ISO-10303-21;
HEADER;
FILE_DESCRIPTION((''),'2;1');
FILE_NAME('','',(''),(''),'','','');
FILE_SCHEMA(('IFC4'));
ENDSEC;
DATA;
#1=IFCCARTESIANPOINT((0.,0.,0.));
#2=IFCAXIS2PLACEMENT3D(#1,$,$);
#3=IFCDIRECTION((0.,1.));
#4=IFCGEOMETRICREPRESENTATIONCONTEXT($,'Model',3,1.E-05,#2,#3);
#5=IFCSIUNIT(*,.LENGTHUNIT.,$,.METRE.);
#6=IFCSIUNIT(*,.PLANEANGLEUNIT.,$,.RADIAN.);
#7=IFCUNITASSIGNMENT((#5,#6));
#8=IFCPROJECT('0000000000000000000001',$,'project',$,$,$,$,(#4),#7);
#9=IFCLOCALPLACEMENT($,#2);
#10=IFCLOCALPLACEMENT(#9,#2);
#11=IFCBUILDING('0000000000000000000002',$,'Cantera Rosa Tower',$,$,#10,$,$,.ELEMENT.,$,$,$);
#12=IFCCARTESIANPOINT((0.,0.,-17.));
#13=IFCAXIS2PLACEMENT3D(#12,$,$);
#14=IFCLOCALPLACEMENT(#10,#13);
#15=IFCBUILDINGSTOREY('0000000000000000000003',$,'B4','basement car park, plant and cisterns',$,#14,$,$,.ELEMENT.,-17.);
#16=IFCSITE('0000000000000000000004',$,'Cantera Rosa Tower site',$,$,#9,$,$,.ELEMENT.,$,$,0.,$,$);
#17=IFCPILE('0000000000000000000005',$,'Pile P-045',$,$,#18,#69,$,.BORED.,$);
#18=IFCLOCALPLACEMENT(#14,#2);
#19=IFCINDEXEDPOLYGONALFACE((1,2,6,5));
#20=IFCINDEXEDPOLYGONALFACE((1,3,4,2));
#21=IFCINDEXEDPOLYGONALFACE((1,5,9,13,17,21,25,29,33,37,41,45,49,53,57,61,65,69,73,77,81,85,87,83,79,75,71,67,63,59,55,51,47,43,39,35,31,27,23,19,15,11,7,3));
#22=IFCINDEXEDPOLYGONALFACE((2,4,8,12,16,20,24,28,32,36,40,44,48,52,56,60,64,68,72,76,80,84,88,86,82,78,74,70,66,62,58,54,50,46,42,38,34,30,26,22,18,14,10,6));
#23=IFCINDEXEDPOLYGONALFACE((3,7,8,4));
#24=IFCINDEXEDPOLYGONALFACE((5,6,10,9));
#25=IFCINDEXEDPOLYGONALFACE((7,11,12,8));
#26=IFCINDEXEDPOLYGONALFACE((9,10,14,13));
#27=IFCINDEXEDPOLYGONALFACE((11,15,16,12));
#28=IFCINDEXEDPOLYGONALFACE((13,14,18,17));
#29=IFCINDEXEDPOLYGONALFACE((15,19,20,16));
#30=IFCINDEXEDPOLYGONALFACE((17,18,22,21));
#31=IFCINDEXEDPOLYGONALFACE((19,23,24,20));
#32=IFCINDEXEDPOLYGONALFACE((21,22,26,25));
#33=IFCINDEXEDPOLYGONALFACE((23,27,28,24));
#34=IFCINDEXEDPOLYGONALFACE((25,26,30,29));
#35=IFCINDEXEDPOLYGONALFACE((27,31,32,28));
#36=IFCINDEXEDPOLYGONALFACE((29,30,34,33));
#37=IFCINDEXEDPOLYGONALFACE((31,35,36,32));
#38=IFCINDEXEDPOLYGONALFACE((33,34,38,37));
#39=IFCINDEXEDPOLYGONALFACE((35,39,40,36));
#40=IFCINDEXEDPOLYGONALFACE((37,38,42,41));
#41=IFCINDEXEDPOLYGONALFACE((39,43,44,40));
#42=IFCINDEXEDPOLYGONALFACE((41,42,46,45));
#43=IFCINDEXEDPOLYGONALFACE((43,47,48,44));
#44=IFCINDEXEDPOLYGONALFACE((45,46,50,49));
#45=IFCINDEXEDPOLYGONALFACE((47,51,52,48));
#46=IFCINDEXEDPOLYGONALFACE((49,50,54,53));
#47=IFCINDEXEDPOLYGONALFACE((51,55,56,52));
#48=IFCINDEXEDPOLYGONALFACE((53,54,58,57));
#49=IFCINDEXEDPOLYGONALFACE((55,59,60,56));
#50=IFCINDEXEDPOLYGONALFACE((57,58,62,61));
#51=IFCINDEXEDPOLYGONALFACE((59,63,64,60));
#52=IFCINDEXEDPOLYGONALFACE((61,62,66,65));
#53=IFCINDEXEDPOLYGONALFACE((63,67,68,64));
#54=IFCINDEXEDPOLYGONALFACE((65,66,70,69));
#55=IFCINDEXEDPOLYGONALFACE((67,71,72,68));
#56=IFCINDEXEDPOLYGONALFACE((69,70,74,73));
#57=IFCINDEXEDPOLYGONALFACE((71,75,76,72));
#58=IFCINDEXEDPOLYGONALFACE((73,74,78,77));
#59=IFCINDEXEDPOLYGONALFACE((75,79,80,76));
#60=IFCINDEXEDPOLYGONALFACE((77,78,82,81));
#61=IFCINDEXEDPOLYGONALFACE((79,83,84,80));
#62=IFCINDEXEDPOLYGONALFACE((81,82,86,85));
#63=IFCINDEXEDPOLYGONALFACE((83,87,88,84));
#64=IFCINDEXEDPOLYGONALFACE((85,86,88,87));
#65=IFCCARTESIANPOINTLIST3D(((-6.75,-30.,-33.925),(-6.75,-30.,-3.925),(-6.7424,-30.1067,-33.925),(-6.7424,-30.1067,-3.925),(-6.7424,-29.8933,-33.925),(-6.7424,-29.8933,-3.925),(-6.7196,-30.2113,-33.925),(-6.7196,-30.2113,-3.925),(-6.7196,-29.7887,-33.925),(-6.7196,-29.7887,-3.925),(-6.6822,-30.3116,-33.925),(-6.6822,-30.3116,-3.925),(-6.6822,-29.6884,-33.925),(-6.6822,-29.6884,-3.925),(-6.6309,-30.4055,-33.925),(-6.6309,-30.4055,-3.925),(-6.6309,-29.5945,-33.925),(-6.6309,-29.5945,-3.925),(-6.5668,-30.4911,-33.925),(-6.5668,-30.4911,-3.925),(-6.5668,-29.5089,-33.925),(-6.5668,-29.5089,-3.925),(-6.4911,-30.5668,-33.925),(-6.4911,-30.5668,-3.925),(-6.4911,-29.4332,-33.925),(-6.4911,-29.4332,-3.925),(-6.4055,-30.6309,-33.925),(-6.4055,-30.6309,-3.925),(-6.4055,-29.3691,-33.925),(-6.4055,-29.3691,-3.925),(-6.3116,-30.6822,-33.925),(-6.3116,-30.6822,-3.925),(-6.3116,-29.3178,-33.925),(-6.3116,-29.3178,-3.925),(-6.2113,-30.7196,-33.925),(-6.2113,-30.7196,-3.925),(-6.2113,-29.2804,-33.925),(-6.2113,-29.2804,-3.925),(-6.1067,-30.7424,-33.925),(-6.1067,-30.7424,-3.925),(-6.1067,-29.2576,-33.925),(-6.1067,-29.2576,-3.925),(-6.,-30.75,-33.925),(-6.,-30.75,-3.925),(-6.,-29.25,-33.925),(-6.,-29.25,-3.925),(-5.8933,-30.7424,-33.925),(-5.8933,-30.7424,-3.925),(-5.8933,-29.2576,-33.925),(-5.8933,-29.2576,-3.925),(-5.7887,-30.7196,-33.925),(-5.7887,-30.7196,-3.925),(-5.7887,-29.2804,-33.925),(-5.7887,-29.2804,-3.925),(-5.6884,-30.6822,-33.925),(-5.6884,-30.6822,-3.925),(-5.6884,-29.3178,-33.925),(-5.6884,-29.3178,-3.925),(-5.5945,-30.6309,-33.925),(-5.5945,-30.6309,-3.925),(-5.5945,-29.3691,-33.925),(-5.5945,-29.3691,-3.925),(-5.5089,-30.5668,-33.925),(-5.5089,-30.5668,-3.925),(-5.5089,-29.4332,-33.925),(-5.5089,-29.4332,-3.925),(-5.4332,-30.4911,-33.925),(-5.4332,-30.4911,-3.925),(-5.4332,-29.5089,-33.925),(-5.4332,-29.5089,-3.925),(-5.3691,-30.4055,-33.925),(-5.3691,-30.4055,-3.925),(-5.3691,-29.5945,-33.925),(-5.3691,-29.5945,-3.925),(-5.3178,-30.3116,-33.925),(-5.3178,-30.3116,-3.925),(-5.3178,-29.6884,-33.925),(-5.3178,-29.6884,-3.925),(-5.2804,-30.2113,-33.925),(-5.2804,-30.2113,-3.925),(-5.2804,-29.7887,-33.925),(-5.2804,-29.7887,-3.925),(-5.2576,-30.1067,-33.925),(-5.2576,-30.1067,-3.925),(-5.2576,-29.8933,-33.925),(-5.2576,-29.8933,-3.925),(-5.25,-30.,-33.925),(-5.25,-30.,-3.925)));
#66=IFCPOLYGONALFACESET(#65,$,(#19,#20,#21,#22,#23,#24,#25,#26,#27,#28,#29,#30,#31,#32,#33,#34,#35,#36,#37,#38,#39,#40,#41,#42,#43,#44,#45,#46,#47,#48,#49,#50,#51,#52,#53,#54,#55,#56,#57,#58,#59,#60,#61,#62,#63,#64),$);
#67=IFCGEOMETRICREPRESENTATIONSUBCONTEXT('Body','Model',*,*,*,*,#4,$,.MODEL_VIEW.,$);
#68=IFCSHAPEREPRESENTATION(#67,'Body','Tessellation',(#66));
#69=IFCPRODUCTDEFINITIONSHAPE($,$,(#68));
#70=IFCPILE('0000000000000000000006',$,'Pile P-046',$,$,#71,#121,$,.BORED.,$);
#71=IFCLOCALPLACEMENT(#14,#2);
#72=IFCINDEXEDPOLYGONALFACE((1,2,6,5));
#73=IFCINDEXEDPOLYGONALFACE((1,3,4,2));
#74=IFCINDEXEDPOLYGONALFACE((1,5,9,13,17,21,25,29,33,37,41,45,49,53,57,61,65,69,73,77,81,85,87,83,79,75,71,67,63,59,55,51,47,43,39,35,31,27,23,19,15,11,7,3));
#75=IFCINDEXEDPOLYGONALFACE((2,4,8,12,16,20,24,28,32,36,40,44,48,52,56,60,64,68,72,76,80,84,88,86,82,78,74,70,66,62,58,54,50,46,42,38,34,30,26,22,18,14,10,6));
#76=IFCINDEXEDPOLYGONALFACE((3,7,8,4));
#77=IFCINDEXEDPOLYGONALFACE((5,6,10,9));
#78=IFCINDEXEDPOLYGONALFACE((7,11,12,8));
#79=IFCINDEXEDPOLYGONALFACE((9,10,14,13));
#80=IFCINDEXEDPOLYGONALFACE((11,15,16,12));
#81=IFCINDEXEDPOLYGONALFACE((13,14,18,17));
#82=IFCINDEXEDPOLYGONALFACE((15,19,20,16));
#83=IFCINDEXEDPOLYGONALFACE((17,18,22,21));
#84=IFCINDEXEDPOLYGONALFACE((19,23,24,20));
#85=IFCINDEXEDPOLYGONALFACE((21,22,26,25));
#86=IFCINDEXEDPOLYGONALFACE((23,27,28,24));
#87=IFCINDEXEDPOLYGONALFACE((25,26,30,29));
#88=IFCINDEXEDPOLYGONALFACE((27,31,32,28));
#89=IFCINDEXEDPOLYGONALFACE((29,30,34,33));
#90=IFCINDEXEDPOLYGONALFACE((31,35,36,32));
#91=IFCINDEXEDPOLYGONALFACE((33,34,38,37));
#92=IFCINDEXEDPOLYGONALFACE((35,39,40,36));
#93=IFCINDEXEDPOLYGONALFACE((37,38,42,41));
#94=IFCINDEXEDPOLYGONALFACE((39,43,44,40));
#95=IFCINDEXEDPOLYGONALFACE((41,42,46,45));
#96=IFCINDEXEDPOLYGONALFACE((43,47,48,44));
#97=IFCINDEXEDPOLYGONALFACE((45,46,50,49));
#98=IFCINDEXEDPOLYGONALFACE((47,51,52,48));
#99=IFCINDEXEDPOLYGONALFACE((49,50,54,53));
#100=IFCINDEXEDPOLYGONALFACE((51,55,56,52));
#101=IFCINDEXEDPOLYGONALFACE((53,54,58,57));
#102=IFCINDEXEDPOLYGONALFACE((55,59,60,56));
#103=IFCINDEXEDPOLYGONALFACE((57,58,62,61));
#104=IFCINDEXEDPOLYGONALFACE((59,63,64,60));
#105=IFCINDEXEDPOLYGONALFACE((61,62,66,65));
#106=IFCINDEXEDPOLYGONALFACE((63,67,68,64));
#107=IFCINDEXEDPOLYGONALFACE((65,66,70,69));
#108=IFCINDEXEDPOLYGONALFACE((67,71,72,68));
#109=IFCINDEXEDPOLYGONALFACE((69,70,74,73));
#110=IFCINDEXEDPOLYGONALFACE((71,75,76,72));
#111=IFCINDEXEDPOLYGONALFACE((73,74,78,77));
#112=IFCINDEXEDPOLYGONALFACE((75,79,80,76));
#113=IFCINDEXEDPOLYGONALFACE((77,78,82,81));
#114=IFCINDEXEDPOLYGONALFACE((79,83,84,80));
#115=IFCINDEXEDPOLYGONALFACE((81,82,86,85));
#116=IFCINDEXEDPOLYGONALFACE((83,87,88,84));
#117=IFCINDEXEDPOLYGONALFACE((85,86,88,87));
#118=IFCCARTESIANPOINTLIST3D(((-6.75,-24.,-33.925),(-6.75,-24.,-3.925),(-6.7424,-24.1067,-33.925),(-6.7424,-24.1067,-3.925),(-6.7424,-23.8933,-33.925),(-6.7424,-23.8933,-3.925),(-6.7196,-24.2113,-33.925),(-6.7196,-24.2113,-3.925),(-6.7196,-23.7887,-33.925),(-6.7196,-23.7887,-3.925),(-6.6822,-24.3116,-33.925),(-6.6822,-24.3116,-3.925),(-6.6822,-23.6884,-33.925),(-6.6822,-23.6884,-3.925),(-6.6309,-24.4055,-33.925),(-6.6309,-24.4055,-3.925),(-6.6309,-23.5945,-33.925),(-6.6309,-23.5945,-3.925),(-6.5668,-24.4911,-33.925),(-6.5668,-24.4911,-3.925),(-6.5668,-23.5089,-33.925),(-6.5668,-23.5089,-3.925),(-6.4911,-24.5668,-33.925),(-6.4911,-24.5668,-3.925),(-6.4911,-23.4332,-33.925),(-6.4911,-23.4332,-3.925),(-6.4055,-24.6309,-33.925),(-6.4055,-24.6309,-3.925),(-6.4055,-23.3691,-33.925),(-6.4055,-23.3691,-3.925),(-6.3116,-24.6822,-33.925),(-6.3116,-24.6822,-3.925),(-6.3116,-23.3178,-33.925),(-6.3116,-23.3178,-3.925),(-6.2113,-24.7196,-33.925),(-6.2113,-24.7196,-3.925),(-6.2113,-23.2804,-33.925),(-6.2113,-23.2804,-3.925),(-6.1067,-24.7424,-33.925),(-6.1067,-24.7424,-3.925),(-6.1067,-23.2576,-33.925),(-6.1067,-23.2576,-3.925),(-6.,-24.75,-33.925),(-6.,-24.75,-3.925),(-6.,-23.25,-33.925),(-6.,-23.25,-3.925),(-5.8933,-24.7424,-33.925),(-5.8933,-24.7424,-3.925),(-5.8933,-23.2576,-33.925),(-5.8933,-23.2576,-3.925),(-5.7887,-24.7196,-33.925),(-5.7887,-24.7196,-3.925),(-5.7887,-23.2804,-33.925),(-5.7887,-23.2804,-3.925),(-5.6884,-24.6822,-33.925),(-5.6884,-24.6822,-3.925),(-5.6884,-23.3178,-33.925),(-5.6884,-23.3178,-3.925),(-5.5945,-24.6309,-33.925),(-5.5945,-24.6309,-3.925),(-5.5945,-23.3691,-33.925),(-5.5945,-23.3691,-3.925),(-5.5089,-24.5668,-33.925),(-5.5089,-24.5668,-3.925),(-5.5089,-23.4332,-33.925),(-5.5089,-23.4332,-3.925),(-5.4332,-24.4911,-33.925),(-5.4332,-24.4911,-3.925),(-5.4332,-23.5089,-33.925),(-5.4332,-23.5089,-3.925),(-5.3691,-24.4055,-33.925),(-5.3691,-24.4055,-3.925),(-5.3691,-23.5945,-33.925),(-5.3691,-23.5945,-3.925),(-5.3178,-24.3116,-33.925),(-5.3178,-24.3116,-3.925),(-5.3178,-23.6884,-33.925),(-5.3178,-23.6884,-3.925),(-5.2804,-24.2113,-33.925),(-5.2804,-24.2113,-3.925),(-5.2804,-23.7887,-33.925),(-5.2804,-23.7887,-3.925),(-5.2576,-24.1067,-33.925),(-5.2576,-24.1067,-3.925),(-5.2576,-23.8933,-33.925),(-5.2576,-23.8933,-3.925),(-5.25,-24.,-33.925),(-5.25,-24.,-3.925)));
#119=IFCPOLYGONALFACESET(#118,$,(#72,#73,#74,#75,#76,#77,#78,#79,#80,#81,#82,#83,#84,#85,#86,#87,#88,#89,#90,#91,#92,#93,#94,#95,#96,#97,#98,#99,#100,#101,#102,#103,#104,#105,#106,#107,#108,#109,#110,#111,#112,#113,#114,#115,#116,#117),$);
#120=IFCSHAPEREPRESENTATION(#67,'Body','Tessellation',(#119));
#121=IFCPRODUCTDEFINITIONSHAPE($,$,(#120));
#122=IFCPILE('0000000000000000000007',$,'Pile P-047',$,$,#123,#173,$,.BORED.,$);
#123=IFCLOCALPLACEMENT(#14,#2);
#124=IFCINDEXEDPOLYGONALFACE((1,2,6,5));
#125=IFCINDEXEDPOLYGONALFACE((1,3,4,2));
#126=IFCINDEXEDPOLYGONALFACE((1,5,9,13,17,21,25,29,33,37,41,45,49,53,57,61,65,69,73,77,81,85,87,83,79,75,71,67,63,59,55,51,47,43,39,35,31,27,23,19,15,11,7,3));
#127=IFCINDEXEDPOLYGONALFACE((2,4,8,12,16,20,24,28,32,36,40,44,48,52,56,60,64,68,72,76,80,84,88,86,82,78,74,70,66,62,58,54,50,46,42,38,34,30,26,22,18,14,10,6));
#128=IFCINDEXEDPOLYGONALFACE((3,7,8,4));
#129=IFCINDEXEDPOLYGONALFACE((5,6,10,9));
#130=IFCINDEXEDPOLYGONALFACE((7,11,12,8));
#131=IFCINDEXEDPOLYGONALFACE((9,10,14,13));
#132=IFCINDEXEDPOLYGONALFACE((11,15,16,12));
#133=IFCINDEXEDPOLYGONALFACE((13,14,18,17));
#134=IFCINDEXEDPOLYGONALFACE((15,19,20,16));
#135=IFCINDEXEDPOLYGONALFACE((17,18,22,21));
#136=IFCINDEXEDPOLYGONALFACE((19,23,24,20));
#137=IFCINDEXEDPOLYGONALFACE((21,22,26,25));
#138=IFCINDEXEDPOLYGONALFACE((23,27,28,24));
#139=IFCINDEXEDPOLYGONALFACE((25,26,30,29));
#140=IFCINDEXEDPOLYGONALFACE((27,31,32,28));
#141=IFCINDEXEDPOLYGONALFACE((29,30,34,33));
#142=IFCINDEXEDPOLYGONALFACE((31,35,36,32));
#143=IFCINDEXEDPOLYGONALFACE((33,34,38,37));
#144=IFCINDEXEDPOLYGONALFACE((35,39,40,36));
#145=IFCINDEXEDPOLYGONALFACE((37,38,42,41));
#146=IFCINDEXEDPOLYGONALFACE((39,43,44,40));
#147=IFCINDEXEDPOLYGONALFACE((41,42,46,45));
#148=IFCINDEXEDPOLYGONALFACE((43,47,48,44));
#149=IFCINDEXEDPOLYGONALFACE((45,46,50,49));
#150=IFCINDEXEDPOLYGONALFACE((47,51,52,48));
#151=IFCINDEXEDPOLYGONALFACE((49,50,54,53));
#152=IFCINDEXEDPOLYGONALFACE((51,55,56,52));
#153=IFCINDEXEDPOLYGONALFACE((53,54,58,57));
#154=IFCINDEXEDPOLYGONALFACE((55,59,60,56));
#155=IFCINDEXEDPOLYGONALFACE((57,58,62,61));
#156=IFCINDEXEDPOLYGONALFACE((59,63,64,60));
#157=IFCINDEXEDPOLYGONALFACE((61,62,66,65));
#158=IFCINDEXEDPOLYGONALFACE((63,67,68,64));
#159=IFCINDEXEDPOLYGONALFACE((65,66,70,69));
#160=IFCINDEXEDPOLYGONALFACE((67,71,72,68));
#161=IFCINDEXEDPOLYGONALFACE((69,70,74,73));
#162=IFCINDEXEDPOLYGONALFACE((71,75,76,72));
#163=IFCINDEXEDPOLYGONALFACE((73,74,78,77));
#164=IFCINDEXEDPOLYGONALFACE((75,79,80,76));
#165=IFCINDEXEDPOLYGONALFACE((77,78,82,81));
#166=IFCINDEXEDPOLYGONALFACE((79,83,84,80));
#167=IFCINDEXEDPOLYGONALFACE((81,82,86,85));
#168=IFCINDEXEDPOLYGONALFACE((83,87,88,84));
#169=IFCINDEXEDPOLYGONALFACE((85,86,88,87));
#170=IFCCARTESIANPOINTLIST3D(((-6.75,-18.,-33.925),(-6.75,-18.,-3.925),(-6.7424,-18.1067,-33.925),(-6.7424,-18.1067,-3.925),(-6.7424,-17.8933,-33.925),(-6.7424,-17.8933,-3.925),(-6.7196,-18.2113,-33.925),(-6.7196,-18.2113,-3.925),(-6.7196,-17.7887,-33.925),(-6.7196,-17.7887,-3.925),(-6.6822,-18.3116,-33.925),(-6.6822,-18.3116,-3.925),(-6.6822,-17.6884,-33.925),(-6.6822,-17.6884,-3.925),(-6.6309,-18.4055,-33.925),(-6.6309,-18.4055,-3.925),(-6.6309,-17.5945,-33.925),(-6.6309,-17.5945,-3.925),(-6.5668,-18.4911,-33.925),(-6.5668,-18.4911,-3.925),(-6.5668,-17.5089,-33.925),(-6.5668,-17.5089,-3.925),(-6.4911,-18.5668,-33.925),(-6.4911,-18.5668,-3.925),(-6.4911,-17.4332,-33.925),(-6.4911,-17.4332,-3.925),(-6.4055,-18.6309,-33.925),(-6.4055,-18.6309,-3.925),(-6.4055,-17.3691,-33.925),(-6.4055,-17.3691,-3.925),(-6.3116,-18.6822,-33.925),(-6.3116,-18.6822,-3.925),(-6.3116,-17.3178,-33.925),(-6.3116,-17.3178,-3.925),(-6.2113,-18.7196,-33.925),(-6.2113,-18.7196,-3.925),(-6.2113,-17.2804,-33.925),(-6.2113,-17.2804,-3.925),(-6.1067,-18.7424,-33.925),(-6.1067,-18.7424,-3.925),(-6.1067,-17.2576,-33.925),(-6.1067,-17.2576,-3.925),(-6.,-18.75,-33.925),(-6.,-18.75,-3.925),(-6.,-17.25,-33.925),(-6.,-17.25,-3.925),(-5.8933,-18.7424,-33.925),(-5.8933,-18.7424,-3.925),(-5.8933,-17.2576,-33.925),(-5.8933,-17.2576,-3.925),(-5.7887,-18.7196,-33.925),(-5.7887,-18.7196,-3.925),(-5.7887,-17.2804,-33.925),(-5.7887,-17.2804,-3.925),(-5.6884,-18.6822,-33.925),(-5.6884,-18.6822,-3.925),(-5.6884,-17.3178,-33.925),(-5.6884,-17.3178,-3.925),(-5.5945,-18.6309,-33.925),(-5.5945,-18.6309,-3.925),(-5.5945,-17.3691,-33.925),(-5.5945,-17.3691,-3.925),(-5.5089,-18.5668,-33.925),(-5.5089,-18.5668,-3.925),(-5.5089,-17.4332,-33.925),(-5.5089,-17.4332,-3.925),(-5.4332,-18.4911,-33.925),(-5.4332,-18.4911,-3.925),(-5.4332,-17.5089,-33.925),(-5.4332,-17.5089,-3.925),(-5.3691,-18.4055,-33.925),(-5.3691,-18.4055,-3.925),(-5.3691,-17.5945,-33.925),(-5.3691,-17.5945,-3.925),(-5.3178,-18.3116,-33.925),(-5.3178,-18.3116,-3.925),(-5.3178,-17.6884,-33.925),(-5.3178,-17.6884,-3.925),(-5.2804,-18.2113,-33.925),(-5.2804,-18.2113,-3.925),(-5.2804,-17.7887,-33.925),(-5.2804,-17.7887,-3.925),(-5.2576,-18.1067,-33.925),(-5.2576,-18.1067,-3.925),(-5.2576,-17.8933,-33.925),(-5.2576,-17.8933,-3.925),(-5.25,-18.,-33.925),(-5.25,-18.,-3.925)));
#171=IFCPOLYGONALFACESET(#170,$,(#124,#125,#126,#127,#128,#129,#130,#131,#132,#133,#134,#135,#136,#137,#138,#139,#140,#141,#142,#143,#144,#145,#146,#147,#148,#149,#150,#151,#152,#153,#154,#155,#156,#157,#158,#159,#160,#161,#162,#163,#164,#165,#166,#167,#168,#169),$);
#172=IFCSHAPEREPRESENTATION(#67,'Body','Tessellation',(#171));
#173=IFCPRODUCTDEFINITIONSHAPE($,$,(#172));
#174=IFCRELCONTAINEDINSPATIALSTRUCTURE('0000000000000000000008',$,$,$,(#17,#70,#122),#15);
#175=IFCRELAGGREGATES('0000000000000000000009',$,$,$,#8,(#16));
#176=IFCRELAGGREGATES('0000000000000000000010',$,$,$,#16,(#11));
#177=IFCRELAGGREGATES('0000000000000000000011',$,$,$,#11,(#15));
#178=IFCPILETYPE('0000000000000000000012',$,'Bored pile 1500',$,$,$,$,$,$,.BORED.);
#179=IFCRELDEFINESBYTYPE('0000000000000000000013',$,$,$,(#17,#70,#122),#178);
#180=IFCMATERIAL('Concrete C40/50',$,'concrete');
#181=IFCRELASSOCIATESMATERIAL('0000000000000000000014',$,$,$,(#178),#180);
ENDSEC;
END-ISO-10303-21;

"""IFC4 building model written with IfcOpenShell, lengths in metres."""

from ifc_helpers import new_model, si_unit, direction, frame, origin, origin_2d, place, context, subcontext, project, spatial, circle, extrude, material, material_profile, profile_set, type_object, element, save


model = new_model("IFC4")

# Units and contexts
model_context = context("Model", 3, precision=1e-05, world=origin(), true_north=direction((0.0, 1.0)))
body_context = subcontext(model_context, "Body", "Model", "MODEL_VIEW")
ifc_project = project(units=[si_unit("LENGTHUNIT", "METRE"), si_unit("PLANEANGLEUNIT", "RADIAN")], contexts=[model_context])

# Site, building, storey
site_placement = place(None, origin())
site = spatial("IfcSite", under=ifc_project, at=site_placement, Name="Cantera Rosa Tower site", CompositionType="ELEMENT", RefElevation=0.0)
building_placement = place(site_placement, origin())
building = spatial("IfcBuilding", under=site, at=building_placement, Name="Cantera Rosa Tower", CompositionType="ELEMENT")
storey_placement = place(building_placement, frame((0.0, 0.0, -17.0)))
storey = spatial("IfcBuildingStorey", under=building, at=storey_placement, Name="B4", Description="basement car park, plant and cisterns", CompositionType="ELEMENT", Elevation=-17.0)

# Piles
ifc_material_1 = material(Name="Concrete C40/50", Category="concrete")
ifc_material_profile_1 = material_profile(ifc_material_1, circle(Radius=0.75, at=origin_2d()), Name="Bored pile 1500")
ifc_profile_set_1 = profile_set([ifc_material_profile_1], Name="Concrete C40/50")
pile_type = type_object("IfcPileType", Name="Bored pile 1500", PredefinedType="BORED", material=ifc_profile_set_1)
for number, where, z_axis, x_axis, name in (
    (1, (-6.0, -30.0, -3.925), (0.0, 0.0, -1.0), (1.0, 0.0, 0.0), "Pile P-045"),
    (2, (-6.0, -24.0, -3.925), (0.0, 0.0, -1.0), (1.0, 0.0, 0.0), "Pile P-046"),
    (3, (-6.0, -18.0, -3.925), (0.0, 0.0, -1.0), (1.0, 0.0, 0.0), "Pile P-047"),
):
    element("IfcPile", number, at=place(storey_placement, frame(where, z_axis=z_axis, x_axis=x_axis)), inside=storey, type_object=pile_type, Name=name, PredefinedType="BORED", context=body_context, shape_type="SweptSolid", body=[
        extrude(circle(Radius=0.75, at=origin_2d()), origin(), (0.0, 0.0, 1.0), 30.0),
    ])

save(model, "model.ifc")
